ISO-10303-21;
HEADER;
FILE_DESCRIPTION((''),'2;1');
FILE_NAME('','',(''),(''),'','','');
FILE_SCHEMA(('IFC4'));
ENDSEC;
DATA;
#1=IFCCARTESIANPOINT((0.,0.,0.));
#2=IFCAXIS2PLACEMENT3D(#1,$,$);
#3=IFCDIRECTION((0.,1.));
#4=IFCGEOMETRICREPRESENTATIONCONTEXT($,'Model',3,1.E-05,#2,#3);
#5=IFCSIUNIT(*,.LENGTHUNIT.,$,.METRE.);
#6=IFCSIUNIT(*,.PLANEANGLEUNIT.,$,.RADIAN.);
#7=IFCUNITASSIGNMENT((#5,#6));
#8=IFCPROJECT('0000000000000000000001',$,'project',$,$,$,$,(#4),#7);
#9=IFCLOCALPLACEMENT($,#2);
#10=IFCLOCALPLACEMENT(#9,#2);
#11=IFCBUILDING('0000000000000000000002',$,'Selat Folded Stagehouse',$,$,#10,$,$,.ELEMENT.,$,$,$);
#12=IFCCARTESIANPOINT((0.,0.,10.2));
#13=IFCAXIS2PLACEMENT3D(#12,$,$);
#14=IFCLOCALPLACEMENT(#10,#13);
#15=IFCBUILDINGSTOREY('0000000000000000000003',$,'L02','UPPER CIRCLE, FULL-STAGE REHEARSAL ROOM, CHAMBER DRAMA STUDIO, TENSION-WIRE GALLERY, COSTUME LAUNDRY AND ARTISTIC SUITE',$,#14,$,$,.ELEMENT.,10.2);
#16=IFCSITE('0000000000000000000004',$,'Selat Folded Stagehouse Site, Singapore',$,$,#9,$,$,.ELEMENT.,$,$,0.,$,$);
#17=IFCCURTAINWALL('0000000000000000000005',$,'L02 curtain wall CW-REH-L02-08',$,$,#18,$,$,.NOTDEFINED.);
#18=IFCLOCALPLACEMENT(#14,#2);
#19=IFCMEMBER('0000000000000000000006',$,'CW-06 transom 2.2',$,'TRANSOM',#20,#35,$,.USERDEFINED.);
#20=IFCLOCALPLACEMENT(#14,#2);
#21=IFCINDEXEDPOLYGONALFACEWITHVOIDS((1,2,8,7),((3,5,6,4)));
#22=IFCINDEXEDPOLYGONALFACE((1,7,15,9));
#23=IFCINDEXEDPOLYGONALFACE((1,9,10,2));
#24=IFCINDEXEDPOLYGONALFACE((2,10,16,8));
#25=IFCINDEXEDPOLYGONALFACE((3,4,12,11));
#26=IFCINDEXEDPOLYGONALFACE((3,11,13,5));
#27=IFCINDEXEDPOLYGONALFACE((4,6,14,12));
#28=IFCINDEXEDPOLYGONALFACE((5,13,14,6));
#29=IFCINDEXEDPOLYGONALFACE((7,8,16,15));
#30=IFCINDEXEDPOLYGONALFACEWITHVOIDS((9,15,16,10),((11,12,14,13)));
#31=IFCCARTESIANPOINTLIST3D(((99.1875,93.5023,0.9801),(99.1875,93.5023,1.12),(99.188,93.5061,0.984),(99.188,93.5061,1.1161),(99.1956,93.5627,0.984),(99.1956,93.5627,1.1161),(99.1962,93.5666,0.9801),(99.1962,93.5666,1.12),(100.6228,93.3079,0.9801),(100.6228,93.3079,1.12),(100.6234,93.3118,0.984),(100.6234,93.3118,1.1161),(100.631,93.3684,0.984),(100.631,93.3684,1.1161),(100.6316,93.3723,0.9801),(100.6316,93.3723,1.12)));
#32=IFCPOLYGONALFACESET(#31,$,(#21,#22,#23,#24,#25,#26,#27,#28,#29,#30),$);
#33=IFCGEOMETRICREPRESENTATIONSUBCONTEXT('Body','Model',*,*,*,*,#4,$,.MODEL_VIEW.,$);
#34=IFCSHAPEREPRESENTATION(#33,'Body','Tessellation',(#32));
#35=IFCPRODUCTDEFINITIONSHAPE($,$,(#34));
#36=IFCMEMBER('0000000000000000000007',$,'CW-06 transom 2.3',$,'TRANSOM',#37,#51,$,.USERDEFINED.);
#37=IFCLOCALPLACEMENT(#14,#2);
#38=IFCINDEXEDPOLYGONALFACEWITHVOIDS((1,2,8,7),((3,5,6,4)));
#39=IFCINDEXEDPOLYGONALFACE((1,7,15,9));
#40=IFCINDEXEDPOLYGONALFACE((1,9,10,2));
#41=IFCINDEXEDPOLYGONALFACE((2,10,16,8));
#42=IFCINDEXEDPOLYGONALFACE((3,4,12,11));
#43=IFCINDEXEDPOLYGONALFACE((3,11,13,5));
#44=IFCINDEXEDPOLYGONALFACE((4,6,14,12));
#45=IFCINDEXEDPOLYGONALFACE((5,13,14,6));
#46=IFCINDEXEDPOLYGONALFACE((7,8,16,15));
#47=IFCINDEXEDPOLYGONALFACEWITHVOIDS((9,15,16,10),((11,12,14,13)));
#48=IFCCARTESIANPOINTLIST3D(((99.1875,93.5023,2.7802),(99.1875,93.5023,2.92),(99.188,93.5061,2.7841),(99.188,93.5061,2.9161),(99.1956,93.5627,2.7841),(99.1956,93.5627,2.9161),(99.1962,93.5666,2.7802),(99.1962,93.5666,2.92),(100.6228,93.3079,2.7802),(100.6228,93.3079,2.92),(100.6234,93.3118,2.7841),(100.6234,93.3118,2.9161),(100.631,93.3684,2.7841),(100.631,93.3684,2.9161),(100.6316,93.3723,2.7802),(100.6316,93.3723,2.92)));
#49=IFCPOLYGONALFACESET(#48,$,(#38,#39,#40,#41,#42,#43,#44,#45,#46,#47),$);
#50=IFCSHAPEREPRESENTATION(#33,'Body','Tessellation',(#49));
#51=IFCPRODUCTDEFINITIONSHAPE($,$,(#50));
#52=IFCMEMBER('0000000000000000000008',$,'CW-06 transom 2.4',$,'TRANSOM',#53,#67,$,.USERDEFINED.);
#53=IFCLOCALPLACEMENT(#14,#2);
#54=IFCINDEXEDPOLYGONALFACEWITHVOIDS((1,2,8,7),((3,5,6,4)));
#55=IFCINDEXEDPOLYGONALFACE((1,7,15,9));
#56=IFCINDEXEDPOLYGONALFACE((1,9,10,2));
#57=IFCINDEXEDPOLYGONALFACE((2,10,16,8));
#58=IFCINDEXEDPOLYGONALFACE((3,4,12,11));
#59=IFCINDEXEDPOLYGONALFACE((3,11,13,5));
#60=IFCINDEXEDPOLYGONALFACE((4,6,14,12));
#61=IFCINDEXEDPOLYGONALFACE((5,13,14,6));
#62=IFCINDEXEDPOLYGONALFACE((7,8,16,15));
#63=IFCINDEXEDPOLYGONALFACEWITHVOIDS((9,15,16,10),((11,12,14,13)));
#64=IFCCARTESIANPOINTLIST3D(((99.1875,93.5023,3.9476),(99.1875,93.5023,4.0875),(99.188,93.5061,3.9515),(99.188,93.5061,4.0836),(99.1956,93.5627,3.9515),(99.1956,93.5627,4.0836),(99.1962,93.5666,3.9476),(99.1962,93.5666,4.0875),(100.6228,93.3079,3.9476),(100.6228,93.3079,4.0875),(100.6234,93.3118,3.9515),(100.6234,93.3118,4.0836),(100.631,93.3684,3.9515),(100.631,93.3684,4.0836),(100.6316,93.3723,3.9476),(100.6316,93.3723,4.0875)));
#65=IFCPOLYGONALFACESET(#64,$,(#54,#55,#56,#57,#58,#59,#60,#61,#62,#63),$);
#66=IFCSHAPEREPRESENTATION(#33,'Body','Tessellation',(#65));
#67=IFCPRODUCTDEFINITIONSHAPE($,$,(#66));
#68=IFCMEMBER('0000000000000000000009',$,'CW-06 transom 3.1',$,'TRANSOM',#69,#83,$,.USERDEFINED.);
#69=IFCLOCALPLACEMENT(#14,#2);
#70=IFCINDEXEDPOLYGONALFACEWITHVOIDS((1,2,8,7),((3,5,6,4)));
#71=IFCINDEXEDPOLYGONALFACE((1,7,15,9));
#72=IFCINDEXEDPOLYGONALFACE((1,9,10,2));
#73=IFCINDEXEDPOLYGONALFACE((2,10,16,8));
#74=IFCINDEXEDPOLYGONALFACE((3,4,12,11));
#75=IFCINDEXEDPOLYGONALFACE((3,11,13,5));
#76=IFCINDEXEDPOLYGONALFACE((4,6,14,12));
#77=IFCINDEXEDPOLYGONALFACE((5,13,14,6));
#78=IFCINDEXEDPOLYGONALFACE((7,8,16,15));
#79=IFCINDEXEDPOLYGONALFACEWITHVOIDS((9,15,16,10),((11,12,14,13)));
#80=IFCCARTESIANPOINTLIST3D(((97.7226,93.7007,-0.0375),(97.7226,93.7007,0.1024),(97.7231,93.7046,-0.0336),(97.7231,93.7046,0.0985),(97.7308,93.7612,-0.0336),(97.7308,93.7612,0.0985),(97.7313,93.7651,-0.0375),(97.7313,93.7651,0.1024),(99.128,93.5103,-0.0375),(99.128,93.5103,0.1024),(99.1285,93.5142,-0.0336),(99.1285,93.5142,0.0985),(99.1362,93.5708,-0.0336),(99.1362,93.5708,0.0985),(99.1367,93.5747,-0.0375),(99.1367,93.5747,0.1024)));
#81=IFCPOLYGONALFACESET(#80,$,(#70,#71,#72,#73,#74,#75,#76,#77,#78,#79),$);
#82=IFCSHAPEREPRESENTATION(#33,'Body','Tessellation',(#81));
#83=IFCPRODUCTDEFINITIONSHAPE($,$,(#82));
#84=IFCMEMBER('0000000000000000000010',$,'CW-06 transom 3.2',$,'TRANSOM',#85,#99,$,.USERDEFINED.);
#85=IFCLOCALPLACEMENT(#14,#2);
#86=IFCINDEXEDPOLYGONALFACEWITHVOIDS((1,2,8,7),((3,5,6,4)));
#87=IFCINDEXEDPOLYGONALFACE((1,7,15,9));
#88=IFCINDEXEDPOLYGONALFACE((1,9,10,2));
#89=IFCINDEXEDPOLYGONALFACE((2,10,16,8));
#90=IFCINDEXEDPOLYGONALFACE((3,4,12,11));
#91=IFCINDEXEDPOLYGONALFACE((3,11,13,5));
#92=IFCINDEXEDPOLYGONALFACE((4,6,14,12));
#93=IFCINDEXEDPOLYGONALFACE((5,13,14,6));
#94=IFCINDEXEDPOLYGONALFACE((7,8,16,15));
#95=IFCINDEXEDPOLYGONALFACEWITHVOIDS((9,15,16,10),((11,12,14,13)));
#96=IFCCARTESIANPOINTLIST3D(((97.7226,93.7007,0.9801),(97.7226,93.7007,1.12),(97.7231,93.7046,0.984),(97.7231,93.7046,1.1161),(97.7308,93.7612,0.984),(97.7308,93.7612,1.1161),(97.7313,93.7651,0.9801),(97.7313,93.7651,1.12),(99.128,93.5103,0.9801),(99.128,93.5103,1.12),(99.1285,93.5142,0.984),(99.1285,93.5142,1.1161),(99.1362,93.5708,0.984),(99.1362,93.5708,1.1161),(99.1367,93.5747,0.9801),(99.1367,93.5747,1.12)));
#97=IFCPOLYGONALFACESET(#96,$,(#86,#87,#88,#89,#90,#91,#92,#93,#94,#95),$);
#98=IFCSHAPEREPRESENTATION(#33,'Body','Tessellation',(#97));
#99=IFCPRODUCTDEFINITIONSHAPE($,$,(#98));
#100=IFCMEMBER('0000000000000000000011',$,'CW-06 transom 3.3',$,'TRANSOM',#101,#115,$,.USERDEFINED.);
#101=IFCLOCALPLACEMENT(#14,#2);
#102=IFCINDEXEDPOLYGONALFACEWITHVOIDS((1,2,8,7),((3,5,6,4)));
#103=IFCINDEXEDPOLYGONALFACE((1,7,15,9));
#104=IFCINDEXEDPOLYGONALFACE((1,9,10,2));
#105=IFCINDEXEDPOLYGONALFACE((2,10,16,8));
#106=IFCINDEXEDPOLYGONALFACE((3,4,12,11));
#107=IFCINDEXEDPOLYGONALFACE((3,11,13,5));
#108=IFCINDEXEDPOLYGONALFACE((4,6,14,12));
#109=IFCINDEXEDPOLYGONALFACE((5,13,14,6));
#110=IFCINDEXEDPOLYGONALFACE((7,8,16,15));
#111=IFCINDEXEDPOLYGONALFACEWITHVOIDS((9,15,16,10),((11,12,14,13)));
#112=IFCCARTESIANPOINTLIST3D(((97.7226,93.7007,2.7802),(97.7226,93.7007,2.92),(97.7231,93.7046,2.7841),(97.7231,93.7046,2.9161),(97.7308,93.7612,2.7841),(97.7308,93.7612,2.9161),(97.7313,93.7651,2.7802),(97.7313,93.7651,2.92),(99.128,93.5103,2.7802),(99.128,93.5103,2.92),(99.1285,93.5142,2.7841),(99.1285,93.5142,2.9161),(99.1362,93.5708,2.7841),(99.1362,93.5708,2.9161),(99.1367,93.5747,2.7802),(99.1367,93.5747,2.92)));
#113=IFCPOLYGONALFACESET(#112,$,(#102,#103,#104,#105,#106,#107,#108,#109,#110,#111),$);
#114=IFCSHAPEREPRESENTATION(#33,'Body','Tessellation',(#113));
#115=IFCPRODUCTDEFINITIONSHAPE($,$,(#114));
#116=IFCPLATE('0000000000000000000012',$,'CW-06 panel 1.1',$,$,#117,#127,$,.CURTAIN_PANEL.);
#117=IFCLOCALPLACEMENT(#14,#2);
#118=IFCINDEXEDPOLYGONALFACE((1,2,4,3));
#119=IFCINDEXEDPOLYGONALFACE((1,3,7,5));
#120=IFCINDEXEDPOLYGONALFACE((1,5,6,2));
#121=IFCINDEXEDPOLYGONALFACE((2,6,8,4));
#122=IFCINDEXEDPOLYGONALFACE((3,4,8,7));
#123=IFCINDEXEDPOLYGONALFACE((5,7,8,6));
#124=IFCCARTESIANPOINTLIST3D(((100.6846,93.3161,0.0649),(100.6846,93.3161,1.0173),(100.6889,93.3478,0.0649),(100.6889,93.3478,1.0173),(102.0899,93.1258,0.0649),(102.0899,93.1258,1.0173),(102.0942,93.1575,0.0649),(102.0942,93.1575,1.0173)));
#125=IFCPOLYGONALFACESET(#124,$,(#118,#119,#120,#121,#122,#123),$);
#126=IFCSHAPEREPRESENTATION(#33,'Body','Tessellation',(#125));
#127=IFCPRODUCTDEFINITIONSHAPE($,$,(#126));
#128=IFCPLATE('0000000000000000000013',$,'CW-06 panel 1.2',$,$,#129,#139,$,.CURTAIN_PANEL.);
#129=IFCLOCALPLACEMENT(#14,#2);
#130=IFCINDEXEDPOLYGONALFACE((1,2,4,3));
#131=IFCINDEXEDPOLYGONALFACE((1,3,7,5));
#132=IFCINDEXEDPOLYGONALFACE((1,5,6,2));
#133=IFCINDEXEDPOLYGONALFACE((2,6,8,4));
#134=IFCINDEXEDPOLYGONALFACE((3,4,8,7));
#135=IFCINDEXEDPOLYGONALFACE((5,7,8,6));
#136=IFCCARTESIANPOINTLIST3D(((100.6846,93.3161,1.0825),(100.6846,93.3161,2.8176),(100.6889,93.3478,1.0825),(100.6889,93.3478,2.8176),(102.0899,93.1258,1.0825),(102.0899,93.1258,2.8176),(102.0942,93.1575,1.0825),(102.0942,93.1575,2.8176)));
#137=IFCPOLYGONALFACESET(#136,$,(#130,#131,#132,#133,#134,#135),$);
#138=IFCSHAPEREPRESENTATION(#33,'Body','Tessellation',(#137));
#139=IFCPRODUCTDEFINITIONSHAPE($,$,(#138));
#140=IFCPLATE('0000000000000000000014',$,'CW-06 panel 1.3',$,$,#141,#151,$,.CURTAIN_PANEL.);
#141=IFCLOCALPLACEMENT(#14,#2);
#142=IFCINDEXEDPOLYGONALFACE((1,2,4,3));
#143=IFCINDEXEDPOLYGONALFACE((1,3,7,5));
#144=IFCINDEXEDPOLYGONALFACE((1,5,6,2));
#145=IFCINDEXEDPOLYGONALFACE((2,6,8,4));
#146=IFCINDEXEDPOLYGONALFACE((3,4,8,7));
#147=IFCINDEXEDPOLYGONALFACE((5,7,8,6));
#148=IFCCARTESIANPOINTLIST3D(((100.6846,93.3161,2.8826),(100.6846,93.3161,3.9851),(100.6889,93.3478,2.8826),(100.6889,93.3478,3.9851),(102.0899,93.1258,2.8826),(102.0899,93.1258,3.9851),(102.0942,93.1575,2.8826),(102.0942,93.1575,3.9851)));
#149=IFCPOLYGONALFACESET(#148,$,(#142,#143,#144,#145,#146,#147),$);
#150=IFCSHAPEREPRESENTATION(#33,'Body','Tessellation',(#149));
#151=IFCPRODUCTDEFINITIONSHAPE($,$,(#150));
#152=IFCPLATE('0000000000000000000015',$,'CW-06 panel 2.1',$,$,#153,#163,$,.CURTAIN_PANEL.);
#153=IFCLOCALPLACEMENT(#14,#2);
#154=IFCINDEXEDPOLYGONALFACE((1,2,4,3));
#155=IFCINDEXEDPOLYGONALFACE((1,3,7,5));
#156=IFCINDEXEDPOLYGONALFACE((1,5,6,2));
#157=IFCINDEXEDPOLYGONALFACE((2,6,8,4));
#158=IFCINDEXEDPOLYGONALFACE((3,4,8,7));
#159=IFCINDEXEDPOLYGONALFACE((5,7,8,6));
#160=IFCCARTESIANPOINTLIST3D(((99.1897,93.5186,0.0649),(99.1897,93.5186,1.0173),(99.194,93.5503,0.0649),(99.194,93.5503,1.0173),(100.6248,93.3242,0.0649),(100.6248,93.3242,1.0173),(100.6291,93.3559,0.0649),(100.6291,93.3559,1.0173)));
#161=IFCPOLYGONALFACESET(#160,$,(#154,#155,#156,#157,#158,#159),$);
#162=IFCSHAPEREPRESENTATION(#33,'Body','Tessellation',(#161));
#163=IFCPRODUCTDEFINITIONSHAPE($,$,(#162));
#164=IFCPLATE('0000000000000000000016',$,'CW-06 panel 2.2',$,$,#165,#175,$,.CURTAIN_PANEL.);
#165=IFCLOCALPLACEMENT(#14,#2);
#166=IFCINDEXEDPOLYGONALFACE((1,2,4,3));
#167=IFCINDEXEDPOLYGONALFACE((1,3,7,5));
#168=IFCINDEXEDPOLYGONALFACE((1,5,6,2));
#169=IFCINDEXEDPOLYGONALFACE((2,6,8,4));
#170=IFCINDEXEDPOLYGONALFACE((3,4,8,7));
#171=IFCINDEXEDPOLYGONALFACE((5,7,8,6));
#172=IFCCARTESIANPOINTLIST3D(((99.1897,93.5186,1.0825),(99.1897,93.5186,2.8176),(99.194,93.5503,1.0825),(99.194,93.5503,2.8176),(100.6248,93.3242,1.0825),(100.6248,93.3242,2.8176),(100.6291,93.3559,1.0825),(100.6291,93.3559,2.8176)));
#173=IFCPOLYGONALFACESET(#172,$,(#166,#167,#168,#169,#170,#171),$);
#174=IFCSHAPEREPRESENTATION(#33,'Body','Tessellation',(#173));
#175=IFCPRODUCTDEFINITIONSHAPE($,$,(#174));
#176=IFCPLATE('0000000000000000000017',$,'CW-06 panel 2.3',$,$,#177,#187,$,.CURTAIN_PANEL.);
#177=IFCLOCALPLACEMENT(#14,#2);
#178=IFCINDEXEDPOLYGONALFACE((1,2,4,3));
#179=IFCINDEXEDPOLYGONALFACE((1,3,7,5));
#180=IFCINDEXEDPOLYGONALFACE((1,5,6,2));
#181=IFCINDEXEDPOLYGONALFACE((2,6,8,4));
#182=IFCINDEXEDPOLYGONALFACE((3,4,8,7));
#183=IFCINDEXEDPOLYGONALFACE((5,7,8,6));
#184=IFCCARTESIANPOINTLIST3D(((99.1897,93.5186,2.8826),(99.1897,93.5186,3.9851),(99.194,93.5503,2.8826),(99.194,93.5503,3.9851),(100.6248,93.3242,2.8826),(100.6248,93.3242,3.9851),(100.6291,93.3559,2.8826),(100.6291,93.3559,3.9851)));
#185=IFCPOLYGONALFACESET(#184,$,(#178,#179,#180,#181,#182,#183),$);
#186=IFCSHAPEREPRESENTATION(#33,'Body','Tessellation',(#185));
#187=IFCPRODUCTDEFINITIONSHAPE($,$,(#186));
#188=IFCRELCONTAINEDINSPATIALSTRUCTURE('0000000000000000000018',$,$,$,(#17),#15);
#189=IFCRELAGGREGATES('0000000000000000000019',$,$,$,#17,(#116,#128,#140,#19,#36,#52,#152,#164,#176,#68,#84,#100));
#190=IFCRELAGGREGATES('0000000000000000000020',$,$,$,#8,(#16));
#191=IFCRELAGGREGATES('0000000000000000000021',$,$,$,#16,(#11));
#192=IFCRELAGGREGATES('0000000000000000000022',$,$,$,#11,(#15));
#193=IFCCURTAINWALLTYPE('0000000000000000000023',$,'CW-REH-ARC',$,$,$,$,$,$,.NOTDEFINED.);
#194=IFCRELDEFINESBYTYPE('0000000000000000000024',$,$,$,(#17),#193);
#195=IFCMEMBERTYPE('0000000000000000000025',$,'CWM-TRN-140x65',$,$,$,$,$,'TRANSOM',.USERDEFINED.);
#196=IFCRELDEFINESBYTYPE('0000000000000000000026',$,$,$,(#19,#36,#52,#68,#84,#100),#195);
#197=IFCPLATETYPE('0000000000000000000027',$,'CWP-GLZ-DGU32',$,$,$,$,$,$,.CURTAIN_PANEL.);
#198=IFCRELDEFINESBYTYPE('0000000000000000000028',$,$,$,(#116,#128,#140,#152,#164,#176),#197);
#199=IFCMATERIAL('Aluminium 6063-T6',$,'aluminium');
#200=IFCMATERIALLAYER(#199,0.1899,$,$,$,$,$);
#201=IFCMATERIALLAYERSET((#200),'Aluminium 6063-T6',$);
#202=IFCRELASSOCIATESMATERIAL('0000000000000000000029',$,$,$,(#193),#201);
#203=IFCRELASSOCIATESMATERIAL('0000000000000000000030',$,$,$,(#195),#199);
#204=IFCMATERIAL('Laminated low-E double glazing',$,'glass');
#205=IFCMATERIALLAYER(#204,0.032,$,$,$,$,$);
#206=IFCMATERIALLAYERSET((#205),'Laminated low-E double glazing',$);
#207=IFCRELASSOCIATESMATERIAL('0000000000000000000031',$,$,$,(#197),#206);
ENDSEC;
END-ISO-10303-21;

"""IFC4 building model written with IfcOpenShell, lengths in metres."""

from ifc_helpers import new_model, si_unit, direction, frame, origin, origin_2d, place, context, subcontext, project, spatial, rectangle, hollow_rectangle, extrude, material, layer, layer_set, material_profile, profile_set, type_object, element, aggregate, save


model = new_model("IFC4")

# Units and contexts
model_context = context("Model", 3, precision=1e-05, world=origin(), true_north=direction((0.0, 1.0)))
body_context = subcontext(model_context, "Body", "Model", "MODEL_VIEW")
ifc_project = project(units=[si_unit("LENGTHUNIT", "METRE"), si_unit("PLANEANGLEUNIT", "RADIAN")], contexts=[model_context])

# Site, building, storey
site_placement = place(None, origin())
site = spatial("IfcSite", under=ifc_project, at=site_placement, Name="Selat Folded Stagehouse Site, Singapore", CompositionType="ELEMENT", RefElevation=0.0)
building_placement = place(site_placement, origin())
building = spatial("IfcBuilding", under=site, at=building_placement, Name="Selat Folded Stagehouse", CompositionType="ELEMENT")
storey_placement = place(building_placement, frame((0.0, 0.0, 10.2)))
storey = spatial("IfcBuildingStorey", under=building, at=storey_placement, Name="L02", Description="UPPER CIRCLE, FULL-STAGE REHEARSAL ROOM, CHAMBER DRAMA STUDIO, TENSION-WIRE GALLERY, COSTUME LAUNDRY AND ARTISTIC SUITE", CompositionType="ELEMENT", Elevation=10.2)

# Curtain wall, members, plates
ifc_material_1 = material(Name="Aluminium 6063-T6", Category="aluminium")
ifc_layer_1 = layer(ifc_material_1, 0.1899)
ifc_layer_set_1 = layer_set([ifc_layer_1], Name="Aluminium 6063-T6")
curtain_wall_type = type_object("IfcCurtainWallType", Name="CW-REH-ARC", PredefinedType="NOTDEFINED", material=ifc_layer_set_1)
curtain_wall_placement = place(storey_placement, origin())
curtain_wall = element("IfcCurtainWall", 1, at=curtain_wall_placement, inside=storey, type_object=curtain_wall_type, Name="L02 curtain wall CW-REH-L02-08", PredefinedType="NOTDEFINED")
ifc_material_profile_1 = material_profile(ifc_material_1, hollow_rectangle(XDim=0.0649, YDim=0.1399, WallThickness=0.0039, at=origin_2d()), Name="ALU 140x65x4.0")
ifc_profile_set_1 = profile_set([ifc_material_profile_1], Name="Aluminium 6063-T6")
member_type_1 = type_object("IfcMemberType", Name="CWM-TRN-140x65", ElementType="TRANSOM", PredefinedType="USERDEFINED", material=ifc_profile_set_1)
member_1_placement = place(storey_placement, frame((100.6272, 93.3401, 1.05), z_axis=(-0.990958, 0.134173, 0.0), x_axis=(-0.134173, -0.990958, 0.0)))
member_1 = element("IfcMember", 2, at=member_1_placement, type_object=member_type_1, Name="CW-06 transom 2.2", ObjectType="TRANSOM", PredefinedType="USERDEFINED", context=body_context, shape_type="SweptSolid", body=[
    extrude(hollow_rectangle(XDim=0.0649, YDim=0.1399, WallThickness=0.0039, at=origin_2d()), origin(), (0.0, 0.0, 1.0), 1.4485),
])
member_2_placement = place(storey_placement, frame((100.6272, 93.3401, 2.8501), z_axis=(-0.990958, 0.134173, 0.0), x_axis=(-0.134173, -0.990958, 0.0)))
member_2 = element("IfcMember", 3, at=member_2_placement, type_object=member_type_1, Name="CW-06 transom 2.3", ObjectType="TRANSOM", PredefinedType="USERDEFINED", context=body_context, shape_type="SweptSolid", body=[
    extrude(hollow_rectangle(XDim=0.0649, YDim=0.1399, WallThickness=0.0039, at=origin_2d()), origin(), (0.0, 0.0, 1.0), 1.4485),
])
member_3_placement = place(storey_placement, frame((100.6272, 93.3401, 4.0176), z_axis=(-0.990958, 0.134173, 0.0), x_axis=(-0.134173, -0.990958, 0.0)))
member_3 = element("IfcMember", 4, at=member_3_placement, type_object=member_type_1, Name="CW-06 transom 2.4", ObjectType="TRANSOM", PredefinedType="USERDEFINED", context=body_context, shape_type="SweptSolid", body=[
    extrude(hollow_rectangle(XDim=0.0649, YDim=0.1399, WallThickness=0.0039, at=origin_2d()), origin(), (0.0, 0.0, 1.0), 1.4485),
])
member_4_placement = place(storey_placement, frame((99.1323, 93.5425, 0.0325), z_axis=(-0.990943, 0.134283, 0.0), x_axis=(-0.134283, -0.990943, 0.0)))
member_4 = element("IfcMember", 5, at=member_4_placement, type_object=member_type_1, Name="CW-06 transom 3.1", ObjectType="TRANSOM", PredefinedType="USERDEFINED", context=body_context, shape_type="SweptSolid", body=[
    extrude(hollow_rectangle(XDim=0.0649, YDim=0.1399, WallThickness=0.0039, at=origin_2d()), origin(), (0.0, 0.0, 1.0), 1.4182),
])
member_5_placement = place(storey_placement, frame((99.1323, 93.5425, 1.05), z_axis=(-0.990943, 0.134283, 0.0), x_axis=(-0.134283, -0.990943, 0.0)))
member_5 = element("IfcMember", 6, at=member_5_placement, type_object=member_type_1, Name="CW-06 transom 3.2", ObjectType="TRANSOM", PredefinedType="USERDEFINED", context=body_context, shape_type="SweptSolid", body=[
    extrude(hollow_rectangle(XDim=0.0649, YDim=0.1399, WallThickness=0.0039, at=origin_2d()), origin(), (0.0, 0.0, 1.0), 1.4182),
])
member_6_placement = place(storey_placement, frame((99.1323, 93.5425, 2.8501), z_axis=(-0.990943, 0.134283, 0.0), x_axis=(-0.134283, -0.990943, 0.0)))
member_6 = element("IfcMember", 7, at=member_6_placement, type_object=member_type_1, Name="CW-06 transom 3.3", ObjectType="TRANSOM", PredefinedType="USERDEFINED", context=body_context, shape_type="SweptSolid", body=[
    extrude(hollow_rectangle(XDim=0.0649, YDim=0.1399, WallThickness=0.0039, at=origin_2d()), origin(), (0.0, 0.0, 1.0), 1.4182),
])
ifc_material_2 = material(Name="Laminated low-E double glazing", Category="glass")
ifc_layer_2 = layer(ifc_material_2, 0.032)
ifc_layer_set_2 = layer_set([ifc_layer_2], Name="Laminated low-E double glazing")
plate_type = type_object("IfcPlateType", Name="CWP-GLZ-DGU32", PredefinedType="CURTAIN_PANEL", material=ifc_layer_set_2)
plate_1_placement = place(storey_placement, frame((101.3894, 93.2368, 0.0649), z_axis=(0.0, 0.0, 1.0), x_axis=(-0.990953, 0.134212, 0.0)))
plate_1 = element("IfcPlate", 8, at=plate_1_placement, type_object=plate_type, Name="CW-06 panel 1.1", PredefinedType="CURTAIN_PANEL", context=body_context, shape_type="SweptSolid", body=[
    extrude(rectangle(XDim=1.4182, YDim=0.032, at=origin_2d()), origin(), (0.0, 0.0, 1.0), 0.9524),
])
plate_2_placement = place(storey_placement, frame((101.3894, 93.2368, 1.0825), z_axis=(0.0, 0.0, 1.0), x_axis=(-0.990953, 0.134212, 0.0)))
plate_2 = element("IfcPlate", 9, at=plate_2_placement, type_object=plate_type, Name="CW-06 panel 1.2", PredefinedType="CURTAIN_PANEL", context=body_context, shape_type="SweptSolid", body=[
    extrude(rectangle(XDim=1.4182, YDim=0.032, at=origin_2d()), origin(), (0.0, 0.0, 1.0), 1.7351),
])
plate_3_placement = place(storey_placement, frame((101.3894, 93.2368, 2.8826), z_axis=(0.0, 0.0, 1.0), x_axis=(-0.990953, 0.134212, 0.0)))
plate_3 = element("IfcPlate", 10, at=plate_3_placement, type_object=plate_type, Name="CW-06 panel 1.3", PredefinedType="CURTAIN_PANEL", context=body_context, shape_type="SweptSolid", body=[
    extrude(rectangle(XDim=1.4182, YDim=0.032, at=origin_2d()), origin(), (0.0, 0.0, 1.0), 1.1025),
])
plate_4_placement = place(storey_placement, frame((99.9094, 93.4373, 0.0649), z_axis=(0.0, 0.0, 1.0), x_axis=(-0.990953, 0.134212, 0.0)))
plate_4 = element("IfcPlate", 11, at=plate_4_placement, type_object=plate_type, Name="CW-06 panel 2.1", PredefinedType="CURTAIN_PANEL", context=body_context, shape_type="SweptSolid", body=[
    extrude(rectangle(XDim=1.4482, YDim=0.032, at=origin_2d()), origin(), (0.0, 0.0, 1.0), 0.9524),
])
plate_5_placement = place(storey_placement, frame((99.9094, 93.4373, 1.0825), z_axis=(0.0, 0.0, 1.0), x_axis=(-0.990953, 0.134212, 0.0)))
plate_5 = element("IfcPlate", 12, at=plate_5_placement, type_object=plate_type, Name="CW-06 panel 2.2", PredefinedType="CURTAIN_PANEL", context=body_context, shape_type="SweptSolid", body=[
    extrude(rectangle(XDim=1.4482, YDim=0.032, at=origin_2d()), origin(), (0.0, 0.0, 1.0), 1.7351),
])
plate_6_placement = place(storey_placement, frame((99.9094, 93.4373, 2.8826), z_axis=(0.0, 0.0, 1.0), x_axis=(-0.990953, 0.134212, 0.0)))
plate_6 = element("IfcPlate", 13, at=plate_6_placement, type_object=plate_type, Name="CW-06 panel 2.3", PredefinedType="CURTAIN_PANEL", context=body_context, shape_type="SweptSolid", body=[
    extrude(rectangle(XDim=1.4482, YDim=0.032, at=origin_2d()), origin(), (0.0, 0.0, 1.0), 1.1025),
])
aggregate(curtain_wall, [plate_1, plate_2, plate_3, member_1, member_2, member_3, plate_4, plate_5, plate_6, member_4, member_5, member_6])

save(model, "model.ifc")
